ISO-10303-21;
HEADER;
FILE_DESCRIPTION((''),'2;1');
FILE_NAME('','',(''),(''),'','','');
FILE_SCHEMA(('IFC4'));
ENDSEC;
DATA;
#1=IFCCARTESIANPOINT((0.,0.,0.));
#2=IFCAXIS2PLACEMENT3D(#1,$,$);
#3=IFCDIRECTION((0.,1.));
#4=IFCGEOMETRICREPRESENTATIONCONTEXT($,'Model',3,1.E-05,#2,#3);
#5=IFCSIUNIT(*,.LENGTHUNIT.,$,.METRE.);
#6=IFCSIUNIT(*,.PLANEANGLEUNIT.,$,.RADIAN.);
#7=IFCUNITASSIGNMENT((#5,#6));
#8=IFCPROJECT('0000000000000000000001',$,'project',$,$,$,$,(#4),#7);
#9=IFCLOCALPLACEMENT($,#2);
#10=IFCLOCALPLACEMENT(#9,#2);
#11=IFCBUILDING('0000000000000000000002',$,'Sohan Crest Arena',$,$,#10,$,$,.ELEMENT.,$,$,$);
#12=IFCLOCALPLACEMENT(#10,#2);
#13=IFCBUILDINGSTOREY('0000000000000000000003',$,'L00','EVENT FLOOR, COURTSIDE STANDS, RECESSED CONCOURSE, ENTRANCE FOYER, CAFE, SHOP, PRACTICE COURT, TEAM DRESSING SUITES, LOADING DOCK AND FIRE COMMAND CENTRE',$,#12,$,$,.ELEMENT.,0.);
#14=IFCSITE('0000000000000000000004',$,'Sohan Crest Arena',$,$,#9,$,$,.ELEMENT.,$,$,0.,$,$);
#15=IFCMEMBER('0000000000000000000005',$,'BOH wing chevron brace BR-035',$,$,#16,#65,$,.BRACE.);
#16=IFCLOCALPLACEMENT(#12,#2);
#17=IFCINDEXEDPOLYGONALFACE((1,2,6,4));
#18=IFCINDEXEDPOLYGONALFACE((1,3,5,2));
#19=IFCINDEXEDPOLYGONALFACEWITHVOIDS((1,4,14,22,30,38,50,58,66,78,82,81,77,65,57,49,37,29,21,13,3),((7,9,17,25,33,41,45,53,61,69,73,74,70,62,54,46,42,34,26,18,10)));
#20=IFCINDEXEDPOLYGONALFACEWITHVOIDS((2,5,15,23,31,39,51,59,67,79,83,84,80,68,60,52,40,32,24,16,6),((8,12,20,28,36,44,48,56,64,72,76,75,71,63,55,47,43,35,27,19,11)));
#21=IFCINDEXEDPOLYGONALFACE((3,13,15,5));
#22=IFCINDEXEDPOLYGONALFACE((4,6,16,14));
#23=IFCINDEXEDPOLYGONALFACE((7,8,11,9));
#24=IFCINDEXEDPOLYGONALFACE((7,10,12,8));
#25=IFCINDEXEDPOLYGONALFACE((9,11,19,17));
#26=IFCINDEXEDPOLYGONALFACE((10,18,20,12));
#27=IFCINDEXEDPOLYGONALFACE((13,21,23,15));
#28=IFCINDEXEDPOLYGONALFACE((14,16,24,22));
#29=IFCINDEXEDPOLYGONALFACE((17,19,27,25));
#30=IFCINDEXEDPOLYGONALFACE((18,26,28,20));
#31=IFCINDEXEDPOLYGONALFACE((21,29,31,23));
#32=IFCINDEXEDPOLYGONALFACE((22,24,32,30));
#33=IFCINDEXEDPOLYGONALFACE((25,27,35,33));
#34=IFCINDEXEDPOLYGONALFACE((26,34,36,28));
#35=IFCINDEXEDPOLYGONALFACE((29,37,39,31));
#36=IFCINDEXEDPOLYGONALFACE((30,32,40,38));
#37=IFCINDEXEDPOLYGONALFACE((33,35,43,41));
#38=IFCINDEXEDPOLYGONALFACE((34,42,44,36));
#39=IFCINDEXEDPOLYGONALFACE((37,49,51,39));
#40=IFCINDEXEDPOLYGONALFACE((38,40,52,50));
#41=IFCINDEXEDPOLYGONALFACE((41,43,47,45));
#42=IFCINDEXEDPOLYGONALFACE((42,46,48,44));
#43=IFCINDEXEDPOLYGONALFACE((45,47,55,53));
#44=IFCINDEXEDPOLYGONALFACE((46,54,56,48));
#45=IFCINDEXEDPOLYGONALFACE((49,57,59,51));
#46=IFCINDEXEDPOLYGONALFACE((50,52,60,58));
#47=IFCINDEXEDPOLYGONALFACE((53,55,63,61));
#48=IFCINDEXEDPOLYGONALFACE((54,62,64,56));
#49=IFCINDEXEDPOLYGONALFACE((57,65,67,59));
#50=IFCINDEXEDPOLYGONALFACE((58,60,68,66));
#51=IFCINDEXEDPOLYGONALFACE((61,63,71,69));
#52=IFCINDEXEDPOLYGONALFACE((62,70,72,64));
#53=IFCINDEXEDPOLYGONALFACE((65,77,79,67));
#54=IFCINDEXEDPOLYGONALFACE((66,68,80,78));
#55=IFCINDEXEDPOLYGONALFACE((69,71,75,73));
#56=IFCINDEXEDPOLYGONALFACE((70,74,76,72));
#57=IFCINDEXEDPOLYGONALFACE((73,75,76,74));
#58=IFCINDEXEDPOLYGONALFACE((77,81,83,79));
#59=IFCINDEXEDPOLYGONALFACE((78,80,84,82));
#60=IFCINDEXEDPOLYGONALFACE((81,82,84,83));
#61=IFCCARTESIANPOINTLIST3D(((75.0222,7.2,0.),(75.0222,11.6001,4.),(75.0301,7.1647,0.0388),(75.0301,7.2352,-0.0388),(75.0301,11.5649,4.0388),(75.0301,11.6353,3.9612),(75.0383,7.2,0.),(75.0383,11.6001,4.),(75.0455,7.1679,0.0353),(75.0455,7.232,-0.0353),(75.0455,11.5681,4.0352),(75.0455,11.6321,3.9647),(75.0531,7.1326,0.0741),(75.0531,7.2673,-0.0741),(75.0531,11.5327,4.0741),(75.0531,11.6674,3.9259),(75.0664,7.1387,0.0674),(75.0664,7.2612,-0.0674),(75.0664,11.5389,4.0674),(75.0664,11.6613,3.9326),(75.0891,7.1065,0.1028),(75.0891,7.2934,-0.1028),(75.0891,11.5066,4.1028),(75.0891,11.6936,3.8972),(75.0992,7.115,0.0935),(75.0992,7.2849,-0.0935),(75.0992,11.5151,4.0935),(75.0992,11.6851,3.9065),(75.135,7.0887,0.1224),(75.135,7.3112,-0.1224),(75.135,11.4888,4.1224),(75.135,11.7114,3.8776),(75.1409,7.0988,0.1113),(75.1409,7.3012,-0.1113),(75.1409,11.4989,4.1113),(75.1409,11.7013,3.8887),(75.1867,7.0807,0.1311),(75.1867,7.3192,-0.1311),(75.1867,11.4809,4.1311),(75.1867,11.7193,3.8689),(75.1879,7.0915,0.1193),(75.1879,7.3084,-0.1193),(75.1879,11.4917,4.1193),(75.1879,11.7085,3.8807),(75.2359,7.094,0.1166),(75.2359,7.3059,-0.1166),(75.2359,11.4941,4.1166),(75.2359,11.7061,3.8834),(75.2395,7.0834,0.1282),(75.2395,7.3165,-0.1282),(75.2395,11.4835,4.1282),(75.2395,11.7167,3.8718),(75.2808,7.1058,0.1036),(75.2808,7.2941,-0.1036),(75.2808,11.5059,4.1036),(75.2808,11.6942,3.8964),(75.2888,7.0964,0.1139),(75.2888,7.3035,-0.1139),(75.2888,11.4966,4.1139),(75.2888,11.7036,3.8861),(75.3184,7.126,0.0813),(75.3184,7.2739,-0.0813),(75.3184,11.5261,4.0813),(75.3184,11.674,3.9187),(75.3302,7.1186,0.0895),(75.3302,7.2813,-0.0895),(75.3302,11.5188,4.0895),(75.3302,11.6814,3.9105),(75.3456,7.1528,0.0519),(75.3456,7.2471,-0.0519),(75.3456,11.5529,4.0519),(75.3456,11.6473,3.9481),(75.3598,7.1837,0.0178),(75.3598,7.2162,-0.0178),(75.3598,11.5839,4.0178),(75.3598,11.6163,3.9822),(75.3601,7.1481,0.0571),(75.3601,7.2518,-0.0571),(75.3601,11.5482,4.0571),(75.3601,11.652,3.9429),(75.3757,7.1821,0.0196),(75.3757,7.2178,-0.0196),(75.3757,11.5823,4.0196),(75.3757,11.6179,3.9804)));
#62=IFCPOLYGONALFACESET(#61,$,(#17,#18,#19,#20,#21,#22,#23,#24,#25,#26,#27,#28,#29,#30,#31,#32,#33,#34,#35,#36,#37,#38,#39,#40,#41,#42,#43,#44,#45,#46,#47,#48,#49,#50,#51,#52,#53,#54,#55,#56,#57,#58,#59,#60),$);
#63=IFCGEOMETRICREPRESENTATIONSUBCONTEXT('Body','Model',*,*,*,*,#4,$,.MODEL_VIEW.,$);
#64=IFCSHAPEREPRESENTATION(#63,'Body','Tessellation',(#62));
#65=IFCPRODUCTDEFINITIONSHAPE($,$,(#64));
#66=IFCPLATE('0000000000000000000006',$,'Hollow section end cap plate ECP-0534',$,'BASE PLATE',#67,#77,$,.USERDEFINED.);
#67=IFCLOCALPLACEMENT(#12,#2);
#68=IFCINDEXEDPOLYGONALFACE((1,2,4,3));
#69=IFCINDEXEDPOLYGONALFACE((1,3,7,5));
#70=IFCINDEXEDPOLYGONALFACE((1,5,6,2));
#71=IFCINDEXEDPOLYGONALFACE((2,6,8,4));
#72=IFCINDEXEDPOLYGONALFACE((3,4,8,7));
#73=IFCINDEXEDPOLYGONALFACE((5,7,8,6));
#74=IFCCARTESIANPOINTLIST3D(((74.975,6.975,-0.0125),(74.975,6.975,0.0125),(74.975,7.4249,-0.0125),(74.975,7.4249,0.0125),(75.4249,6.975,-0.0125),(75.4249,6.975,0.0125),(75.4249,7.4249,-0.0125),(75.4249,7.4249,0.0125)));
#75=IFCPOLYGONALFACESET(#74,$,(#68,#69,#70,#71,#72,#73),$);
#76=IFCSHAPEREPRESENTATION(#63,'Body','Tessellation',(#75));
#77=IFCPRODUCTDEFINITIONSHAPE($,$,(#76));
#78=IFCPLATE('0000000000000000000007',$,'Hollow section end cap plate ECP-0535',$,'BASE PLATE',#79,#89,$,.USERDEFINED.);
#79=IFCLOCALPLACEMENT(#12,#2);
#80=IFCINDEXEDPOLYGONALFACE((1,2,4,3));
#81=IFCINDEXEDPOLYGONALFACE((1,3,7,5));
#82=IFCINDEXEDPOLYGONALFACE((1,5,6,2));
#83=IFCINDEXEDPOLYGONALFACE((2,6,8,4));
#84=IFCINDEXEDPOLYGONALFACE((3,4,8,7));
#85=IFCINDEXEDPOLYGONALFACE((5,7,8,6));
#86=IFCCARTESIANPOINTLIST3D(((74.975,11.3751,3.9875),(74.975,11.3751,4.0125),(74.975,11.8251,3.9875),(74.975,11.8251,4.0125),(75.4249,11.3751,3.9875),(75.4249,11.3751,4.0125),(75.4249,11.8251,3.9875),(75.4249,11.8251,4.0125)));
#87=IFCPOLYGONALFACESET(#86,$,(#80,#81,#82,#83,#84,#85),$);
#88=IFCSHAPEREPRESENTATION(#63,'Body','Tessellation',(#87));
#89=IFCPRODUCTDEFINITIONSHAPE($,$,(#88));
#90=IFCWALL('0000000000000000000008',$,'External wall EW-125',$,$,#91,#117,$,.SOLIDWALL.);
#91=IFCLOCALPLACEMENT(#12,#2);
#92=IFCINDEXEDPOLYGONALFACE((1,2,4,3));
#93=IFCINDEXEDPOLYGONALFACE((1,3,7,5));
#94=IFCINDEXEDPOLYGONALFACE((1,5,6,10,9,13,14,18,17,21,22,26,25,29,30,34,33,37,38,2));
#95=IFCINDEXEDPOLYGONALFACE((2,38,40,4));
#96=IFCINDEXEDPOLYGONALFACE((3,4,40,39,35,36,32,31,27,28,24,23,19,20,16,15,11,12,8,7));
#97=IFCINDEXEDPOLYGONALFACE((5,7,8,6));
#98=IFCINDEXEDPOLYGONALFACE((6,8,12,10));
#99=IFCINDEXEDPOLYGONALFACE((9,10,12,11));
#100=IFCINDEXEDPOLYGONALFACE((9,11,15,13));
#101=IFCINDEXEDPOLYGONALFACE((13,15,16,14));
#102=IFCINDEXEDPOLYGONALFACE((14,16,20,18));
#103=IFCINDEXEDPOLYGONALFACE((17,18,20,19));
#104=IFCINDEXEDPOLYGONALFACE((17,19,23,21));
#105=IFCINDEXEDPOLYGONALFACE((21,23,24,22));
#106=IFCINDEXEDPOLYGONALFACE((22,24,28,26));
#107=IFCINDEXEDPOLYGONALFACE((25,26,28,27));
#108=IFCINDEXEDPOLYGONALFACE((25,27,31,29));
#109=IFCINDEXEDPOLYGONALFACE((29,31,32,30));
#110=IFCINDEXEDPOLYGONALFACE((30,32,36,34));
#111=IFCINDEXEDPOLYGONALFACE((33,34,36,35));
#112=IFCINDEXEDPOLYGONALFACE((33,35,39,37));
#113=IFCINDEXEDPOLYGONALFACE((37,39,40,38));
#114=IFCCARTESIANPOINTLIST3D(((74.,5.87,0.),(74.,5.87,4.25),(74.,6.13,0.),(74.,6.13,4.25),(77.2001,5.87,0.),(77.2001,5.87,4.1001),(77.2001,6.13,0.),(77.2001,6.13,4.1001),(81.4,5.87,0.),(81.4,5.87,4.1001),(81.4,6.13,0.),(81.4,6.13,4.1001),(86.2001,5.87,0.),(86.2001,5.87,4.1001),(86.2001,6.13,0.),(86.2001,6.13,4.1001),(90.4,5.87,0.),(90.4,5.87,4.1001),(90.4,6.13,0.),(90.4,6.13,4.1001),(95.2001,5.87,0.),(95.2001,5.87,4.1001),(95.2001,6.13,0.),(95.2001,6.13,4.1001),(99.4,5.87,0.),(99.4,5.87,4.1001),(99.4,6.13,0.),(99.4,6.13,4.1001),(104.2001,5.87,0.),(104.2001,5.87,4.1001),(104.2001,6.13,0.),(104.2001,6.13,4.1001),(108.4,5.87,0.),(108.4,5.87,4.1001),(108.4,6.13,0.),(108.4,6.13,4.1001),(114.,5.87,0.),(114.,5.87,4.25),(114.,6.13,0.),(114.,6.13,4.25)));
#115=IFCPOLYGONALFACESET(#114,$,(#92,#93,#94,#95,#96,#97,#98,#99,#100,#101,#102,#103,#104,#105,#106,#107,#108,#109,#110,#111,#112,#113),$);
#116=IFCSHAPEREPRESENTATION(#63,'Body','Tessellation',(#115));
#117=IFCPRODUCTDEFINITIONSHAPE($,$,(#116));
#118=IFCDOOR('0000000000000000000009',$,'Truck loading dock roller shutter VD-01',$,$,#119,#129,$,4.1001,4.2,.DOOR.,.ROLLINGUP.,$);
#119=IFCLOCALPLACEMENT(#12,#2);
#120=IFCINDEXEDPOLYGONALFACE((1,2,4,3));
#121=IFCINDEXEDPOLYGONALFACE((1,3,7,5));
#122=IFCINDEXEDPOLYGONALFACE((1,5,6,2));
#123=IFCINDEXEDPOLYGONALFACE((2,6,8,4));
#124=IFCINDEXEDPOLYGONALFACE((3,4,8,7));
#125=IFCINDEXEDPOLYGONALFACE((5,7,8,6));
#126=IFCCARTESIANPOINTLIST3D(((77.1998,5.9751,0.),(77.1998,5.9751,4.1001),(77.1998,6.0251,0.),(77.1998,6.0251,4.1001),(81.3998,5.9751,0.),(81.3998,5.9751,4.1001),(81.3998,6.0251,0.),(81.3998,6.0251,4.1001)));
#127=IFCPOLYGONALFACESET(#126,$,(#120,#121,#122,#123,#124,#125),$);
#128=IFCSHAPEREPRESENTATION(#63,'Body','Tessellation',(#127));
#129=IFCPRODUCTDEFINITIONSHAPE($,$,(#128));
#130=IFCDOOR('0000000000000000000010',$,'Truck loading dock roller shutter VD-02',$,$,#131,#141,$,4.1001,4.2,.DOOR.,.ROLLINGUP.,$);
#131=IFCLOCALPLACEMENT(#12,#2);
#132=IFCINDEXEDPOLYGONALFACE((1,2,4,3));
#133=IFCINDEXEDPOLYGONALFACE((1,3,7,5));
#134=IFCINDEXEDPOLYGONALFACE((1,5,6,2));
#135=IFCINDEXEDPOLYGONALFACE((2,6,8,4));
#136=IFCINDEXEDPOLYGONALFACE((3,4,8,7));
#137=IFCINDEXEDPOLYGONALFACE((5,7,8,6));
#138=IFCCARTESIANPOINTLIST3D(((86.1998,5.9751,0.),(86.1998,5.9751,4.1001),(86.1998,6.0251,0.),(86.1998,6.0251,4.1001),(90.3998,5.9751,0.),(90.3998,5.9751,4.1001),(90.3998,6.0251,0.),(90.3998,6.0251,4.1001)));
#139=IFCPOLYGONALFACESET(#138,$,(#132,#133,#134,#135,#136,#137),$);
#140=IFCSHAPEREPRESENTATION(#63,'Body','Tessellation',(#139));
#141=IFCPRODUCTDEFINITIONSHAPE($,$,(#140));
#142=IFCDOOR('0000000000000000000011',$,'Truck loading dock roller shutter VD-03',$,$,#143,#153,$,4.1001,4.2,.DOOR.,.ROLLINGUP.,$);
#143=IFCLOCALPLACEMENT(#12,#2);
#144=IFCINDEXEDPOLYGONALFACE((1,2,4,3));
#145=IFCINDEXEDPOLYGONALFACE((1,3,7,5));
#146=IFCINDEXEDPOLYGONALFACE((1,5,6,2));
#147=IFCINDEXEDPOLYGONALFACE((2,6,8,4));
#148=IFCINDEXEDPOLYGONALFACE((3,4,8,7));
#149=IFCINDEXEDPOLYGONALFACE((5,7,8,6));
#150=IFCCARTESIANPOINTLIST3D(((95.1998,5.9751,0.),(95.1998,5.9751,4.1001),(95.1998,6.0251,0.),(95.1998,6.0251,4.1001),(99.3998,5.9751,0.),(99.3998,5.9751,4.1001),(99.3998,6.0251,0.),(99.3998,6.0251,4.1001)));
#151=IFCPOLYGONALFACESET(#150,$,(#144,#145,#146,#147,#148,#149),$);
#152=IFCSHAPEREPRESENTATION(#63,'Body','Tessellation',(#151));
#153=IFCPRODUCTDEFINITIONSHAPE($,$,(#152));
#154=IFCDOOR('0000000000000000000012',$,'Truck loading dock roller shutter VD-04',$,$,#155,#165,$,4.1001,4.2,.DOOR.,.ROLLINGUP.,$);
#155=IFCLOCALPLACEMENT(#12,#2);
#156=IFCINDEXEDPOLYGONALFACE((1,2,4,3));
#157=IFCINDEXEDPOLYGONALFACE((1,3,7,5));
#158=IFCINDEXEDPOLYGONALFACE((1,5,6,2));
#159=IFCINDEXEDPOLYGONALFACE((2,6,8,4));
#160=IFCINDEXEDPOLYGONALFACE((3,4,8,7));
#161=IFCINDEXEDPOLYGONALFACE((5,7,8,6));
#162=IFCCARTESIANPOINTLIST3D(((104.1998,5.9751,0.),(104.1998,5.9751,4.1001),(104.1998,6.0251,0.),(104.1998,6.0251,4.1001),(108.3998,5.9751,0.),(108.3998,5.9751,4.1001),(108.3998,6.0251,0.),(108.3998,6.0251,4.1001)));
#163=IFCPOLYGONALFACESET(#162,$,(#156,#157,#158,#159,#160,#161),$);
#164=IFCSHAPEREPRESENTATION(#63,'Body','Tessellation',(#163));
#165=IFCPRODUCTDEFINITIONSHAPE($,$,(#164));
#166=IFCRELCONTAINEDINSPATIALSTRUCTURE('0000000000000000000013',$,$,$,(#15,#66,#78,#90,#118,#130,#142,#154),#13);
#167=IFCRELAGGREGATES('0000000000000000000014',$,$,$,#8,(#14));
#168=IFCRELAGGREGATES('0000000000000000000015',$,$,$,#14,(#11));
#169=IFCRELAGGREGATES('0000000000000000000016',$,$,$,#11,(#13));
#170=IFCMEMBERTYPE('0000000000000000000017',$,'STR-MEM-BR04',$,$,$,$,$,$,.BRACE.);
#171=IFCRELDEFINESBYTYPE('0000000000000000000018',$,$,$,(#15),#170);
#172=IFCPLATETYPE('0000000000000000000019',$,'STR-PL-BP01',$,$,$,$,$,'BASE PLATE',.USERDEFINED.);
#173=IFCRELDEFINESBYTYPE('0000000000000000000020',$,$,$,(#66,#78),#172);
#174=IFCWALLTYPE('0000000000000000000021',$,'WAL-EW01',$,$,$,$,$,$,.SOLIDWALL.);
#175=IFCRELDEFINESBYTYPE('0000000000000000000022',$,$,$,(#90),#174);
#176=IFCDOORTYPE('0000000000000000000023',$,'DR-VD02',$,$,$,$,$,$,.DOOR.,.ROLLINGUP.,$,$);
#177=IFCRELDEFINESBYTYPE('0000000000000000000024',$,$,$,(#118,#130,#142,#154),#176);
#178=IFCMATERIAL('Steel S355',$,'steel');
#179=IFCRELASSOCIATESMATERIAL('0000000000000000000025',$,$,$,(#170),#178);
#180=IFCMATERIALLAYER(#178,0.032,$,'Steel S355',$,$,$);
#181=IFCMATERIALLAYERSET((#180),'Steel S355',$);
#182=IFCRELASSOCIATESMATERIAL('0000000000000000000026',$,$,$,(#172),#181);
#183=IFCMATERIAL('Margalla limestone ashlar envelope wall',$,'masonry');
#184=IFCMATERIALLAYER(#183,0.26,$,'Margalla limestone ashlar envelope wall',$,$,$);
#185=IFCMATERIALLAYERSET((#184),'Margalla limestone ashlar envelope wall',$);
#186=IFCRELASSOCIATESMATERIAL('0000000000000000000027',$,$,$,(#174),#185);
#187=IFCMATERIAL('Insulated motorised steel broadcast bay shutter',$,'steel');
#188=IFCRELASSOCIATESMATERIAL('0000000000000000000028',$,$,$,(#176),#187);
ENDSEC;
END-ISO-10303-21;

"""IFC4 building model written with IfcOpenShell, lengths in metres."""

from ifc_helpers import new_model, si_unit, direction, frame, frame_2d, origin, origin_2d, place, context, subcontext, project, spatial, rectangle, hollow_circle, extrude, material, layer, layer_set, material_profile, profile_set, type_object, element, fill, save


model = new_model("IFC4")

# Units and contexts
model_context = context("Model", 3, precision=1e-05, world=origin(), true_north=direction((0.0, 1.0)))
body_context = subcontext(model_context, "Body", "Model", "MODEL_VIEW")
ifc_project = project(units=[si_unit("LENGTHUNIT", "METRE"), si_unit("PLANEANGLEUNIT", "RADIAN")], contexts=[model_context])

# Site, building, storey
site_placement = place(None, origin())
site = spatial("IfcSite", under=ifc_project, at=site_placement, Name="Sohan Crest Arena", CompositionType="ELEMENT", RefElevation=0.0)
building_placement = place(site_placement, origin())
building = spatial("IfcBuilding", under=site, at=building_placement, Name="Sohan Crest Arena", CompositionType="ELEMENT")
storey_placement = place(building_placement, origin())
storey = spatial("IfcBuildingStorey", under=building, at=storey_placement, Name="L00", Description="EVENT FLOOR, COURTSIDE STANDS, RECESSED CONCOURSE, ENTRANCE FOYER, CAFE, SHOP, PRACTICE COURT, TEAM DRESSING SUITES, LOADING DOCK AND FIRE COMMAND CENTRE", CompositionType="ELEMENT", Elevation=0.0)

# Shared definitions
ifc_material_1 = material(Name="Steel S355", Category="steel")

# Member
ifc_material_profile_1 = material_profile(ifc_material_1, hollow_circle(Radius=0.1777, WallThickness=0.0161, at=origin_2d()), Name="CHS 355.6x16")
ifc_profile_set_1 = profile_set([ifc_material_profile_1], Name="Steel S355")
member_type = type_object("IfcMemberType", Name="STR-MEM-BR04", PredefinedType="BRACE", material=ifc_profile_set_1)
member_placement = place(storey_placement, frame((75.2, 7.2, 0.0), z_axis=(0.0, 0.739951, 0.672661), x_axis=(-1.0, 0.0, 0.0)))
element("IfcMember", 1, at=member_placement, inside=storey, type_object=member_type, Name="BOH wing chevron brace BR-035", PredefinedType="BRACE", context=body_context, shape_type="SweptSolid", body=[
    extrude(hollow_circle(Radius=0.1777, WallThickness=0.0161, at=origin_2d()), origin(), (0.0, 0.0, 1.0), 5.9465),
])

# Plates
ifc_layer_1 = layer(ifc_material_1, 0.032, Name="Steel S355")
ifc_layer_set_1 = layer_set([ifc_layer_1], Name="Steel S355")
plate_type = type_object("IfcPlateType", Name="STR-PL-BP01", ElementType="BASE PLATE", PredefinedType="USERDEFINED", material=ifc_layer_set_1)
for number, where, z_axis, x_axis, name in (
    (2, (75.2, 7.2, -0.0125), (0.0, 0.0, 1.0), (1.0, 0.0, 0.0), "Hollow section end cap plate ECP-0534"),
    (3, (75.2, 11.6001, 3.9875), (0.0, 0.0, 1.0), (1.0, 0.0, 0.0), "Hollow section end cap plate ECP-0535"),
):
    element("IfcPlate", number, at=place(storey_placement, frame(where, z_axis=z_axis, x_axis=x_axis)), inside=storey, type_object=plate_type, Name=name, ObjectType="BASE PLATE", PredefinedType="USERDEFINED", context=body_context, shape_type="SweptSolid", body=[
        extrude(rectangle(XDim=0.45, YDim=0.45, at=origin_2d()), origin(), (0.0, 0.0, 1.0), 0.0249),
    ])

# Wall, openings, doors
ifc_material_2 = material(Name="Margalla limestone ashlar envelope wall", Category="masonry")
ifc_layer_2 = layer(ifc_material_2, 0.26, Name="Margalla limestone ashlar envelope wall")
ifc_layer_set_2 = layer_set([ifc_layer_2], Name="Margalla limestone ashlar envelope wall")
wall_type_1 = type_object("IfcWallType", Name="WAL-EW01", PredefinedType="SOLIDWALL", material=ifc_layer_set_2)
wall_1_placement = place(storey_placement, frame((74.0, 6.0, 0.0), z_axis=(0.0, 0.0, 1.0), x_axis=(1.0, 0.0, 0.0)))
wall_1 = element("IfcWall", 4, at=wall_1_placement, inside=storey, type_object=wall_type_1, Name="External wall EW-125", PredefinedType="SOLIDWALL", context=body_context, shape_type="SweptSolid", body=[
    extrude(rectangle(XDim=40.0, YDim=0.26, at=frame_2d((20.0, 0.0))), origin(), (0.0, 0.0, 1.0), 4.25),
])
opening_1_placement = place(wall_1_placement, frame((3.2, 0.0, 0.0)))
opening_1 = element("IfcOpeningElement", 5, at=opening_1_placement, cuts=wall_1, PredefinedType="OPENING", context=body_context, shape_type="SweptSolid", body=[
    extrude(rectangle(XDim=4.2, YDim=4.1001, at=frame_2d((2.1001, 2.05))), frame((0.0, 0.1399, 0.0), z_axis=(0.0, -1.0, 0.0), x_axis=(1.0, 0.0, 0.0)), (0.0, 0.0, 1.0), 0.28),
])
opening_2_placement = place(wall_1_placement, frame((12.2, 0.0, 0.0)))
opening_2 = element("IfcOpeningElement", 6, at=opening_2_placement, cuts=wall_1, PredefinedType="OPENING", context=body_context, shape_type="SweptSolid", body=[
    extrude(rectangle(XDim=4.2, YDim=4.1001, at=frame_2d((2.1001, 2.05))), frame((0.0, 0.1399, 0.0), z_axis=(0.0, -1.0, 0.0), x_axis=(1.0, 0.0, 0.0)), (0.0, 0.0, 1.0), 0.28),
])
opening_3_placement = place(wall_1_placement, frame((21.2, 0.0, 0.0)))
opening_3 = element("IfcOpeningElement", 7, at=opening_3_placement, cuts=wall_1, PredefinedType="OPENING", context=body_context, shape_type="SweptSolid", body=[
    extrude(rectangle(XDim=4.2, YDim=4.1001, at=frame_2d((2.1001, 2.05))), frame((0.0, 0.1399, 0.0), z_axis=(0.0, -1.0, 0.0), x_axis=(1.0, 0.0, 0.0)), (0.0, 0.0, 1.0), 0.28),
])
opening_4_placement = place(wall_1_placement, frame((30.2, 0.0, 0.0)))
opening_4 = element("IfcOpeningElement", 8, at=opening_4_placement, cuts=wall_1, PredefinedType="OPENING", context=body_context, shape_type="SweptSolid", body=[
    extrude(rectangle(XDim=4.2, YDim=4.1001, at=frame_2d((2.1001, 2.05))), frame((0.0, 0.1399, 0.0), z_axis=(0.0, -1.0, 0.0), x_axis=(1.0, 0.0, 0.0)), (0.0, 0.0, 1.0), 0.28),
])
ifc_material_3 = material(Name="Insulated motorised steel broadcast bay shutter", Category="steel")
door_type_1 = type_object("IfcDoorType", Name="DR-VD02", OperationType="ROLLINGUP", PredefinedType="DOOR", material=ifc_material_3)
door_1_placement = place(opening_1_placement, frame((4.2, 0.0, 0.0), z_axis=(0.0, 0.0, 1.0), x_axis=(-1.0, 0.0, 0.0)))
door_1 = element("IfcDoor", 9, at=door_1_placement, inside=storey, type_object=door_type_1, Name="Truck loading dock roller shutter VD-01", OperationType="ROLLINGUP", OverallHeight=4.1001, OverallWidth=4.2, PredefinedType="DOOR", context=body_context, shape_type="SweptSolid", body=[
    extrude(rectangle(XDim=4.2, YDim=4.1001, at=frame_2d((2.1001, 2.05))), frame((0.0, 0.0249, 0.0), z_axis=(0.0, -1.0, 0.0), x_axis=(1.0, 0.0, 0.0)), (0.0, 0.0, 1.0), 0.05),
])
fill(opening_1, door_1)
door_2_placement = place(opening_2_placement, frame((4.2, 0.0, 0.0), z_axis=(0.0, 0.0, 1.0), x_axis=(-1.0, 0.0, 0.0)))
door_2 = element("IfcDoor", 10, at=door_2_placement, inside=storey, type_object=door_type_1, Name="Truck loading dock roller shutter VD-02", OperationType="ROLLINGUP", OverallHeight=4.1001, OverallWidth=4.2, PredefinedType="DOOR", context=body_context, shape_type="SweptSolid", body=[
    extrude(rectangle(XDim=4.2, YDim=4.1001, at=frame_2d((2.1001, 2.05))), frame((0.0, 0.0249, 0.0), z_axis=(0.0, -1.0, 0.0), x_axis=(1.0, 0.0, 0.0)), (0.0, 0.0, 1.0), 0.05),
])
fill(opening_2, door_2)
door_3_placement = place(opening_3_placement, frame((4.2, 0.0, 0.0), z_axis=(0.0, 0.0, 1.0), x_axis=(-1.0, 0.0, 0.0)))
door_3 = element("IfcDoor", 11, at=door_3_placement, inside=storey, type_object=door_type_1, Name="Truck loading dock roller shutter VD-03", OperationType="ROLLINGUP", OverallHeight=4.1001, OverallWidth=4.2, PredefinedType="DOOR", context=body_context, shape_type="SweptSolid", body=[
    extrude(rectangle(XDim=4.2, YDim=4.1001, at=frame_2d((2.1001, 2.05))), frame((0.0, 0.0249, 0.0), z_axis=(0.0, -1.0, 0.0), x_axis=(1.0, 0.0, 0.0)), (0.0, 0.0, 1.0), 0.05),
])
fill(opening_3, door_3)
door_4_placement = place(opening_4_placement, frame((4.2, 0.0, 0.0), z_axis=(0.0, 0.0, 1.0), x_axis=(-1.0, 0.0, 0.0)))
door_4 = element("IfcDoor", 12, at=door_4_placement, inside=storey, type_object=door_type_1, Name="Truck loading dock roller shutter VD-04", OperationType="ROLLINGUP", OverallHeight=4.1001, OverallWidth=4.2, PredefinedType="DOOR", context=body_context, shape_type="SweptSolid", body=[
    extrude(rectangle(XDim=4.2, YDim=4.1001, at=frame_2d((2.1001, 2.05))), frame((0.0, 0.0249, 0.0), z_axis=(0.0, -1.0, 0.0), x_axis=(1.0, 0.0, 0.0)), (0.0, 0.0, 1.0), 0.05),
])
fill(opening_4, door_4)

save(model, "model.ifc")
